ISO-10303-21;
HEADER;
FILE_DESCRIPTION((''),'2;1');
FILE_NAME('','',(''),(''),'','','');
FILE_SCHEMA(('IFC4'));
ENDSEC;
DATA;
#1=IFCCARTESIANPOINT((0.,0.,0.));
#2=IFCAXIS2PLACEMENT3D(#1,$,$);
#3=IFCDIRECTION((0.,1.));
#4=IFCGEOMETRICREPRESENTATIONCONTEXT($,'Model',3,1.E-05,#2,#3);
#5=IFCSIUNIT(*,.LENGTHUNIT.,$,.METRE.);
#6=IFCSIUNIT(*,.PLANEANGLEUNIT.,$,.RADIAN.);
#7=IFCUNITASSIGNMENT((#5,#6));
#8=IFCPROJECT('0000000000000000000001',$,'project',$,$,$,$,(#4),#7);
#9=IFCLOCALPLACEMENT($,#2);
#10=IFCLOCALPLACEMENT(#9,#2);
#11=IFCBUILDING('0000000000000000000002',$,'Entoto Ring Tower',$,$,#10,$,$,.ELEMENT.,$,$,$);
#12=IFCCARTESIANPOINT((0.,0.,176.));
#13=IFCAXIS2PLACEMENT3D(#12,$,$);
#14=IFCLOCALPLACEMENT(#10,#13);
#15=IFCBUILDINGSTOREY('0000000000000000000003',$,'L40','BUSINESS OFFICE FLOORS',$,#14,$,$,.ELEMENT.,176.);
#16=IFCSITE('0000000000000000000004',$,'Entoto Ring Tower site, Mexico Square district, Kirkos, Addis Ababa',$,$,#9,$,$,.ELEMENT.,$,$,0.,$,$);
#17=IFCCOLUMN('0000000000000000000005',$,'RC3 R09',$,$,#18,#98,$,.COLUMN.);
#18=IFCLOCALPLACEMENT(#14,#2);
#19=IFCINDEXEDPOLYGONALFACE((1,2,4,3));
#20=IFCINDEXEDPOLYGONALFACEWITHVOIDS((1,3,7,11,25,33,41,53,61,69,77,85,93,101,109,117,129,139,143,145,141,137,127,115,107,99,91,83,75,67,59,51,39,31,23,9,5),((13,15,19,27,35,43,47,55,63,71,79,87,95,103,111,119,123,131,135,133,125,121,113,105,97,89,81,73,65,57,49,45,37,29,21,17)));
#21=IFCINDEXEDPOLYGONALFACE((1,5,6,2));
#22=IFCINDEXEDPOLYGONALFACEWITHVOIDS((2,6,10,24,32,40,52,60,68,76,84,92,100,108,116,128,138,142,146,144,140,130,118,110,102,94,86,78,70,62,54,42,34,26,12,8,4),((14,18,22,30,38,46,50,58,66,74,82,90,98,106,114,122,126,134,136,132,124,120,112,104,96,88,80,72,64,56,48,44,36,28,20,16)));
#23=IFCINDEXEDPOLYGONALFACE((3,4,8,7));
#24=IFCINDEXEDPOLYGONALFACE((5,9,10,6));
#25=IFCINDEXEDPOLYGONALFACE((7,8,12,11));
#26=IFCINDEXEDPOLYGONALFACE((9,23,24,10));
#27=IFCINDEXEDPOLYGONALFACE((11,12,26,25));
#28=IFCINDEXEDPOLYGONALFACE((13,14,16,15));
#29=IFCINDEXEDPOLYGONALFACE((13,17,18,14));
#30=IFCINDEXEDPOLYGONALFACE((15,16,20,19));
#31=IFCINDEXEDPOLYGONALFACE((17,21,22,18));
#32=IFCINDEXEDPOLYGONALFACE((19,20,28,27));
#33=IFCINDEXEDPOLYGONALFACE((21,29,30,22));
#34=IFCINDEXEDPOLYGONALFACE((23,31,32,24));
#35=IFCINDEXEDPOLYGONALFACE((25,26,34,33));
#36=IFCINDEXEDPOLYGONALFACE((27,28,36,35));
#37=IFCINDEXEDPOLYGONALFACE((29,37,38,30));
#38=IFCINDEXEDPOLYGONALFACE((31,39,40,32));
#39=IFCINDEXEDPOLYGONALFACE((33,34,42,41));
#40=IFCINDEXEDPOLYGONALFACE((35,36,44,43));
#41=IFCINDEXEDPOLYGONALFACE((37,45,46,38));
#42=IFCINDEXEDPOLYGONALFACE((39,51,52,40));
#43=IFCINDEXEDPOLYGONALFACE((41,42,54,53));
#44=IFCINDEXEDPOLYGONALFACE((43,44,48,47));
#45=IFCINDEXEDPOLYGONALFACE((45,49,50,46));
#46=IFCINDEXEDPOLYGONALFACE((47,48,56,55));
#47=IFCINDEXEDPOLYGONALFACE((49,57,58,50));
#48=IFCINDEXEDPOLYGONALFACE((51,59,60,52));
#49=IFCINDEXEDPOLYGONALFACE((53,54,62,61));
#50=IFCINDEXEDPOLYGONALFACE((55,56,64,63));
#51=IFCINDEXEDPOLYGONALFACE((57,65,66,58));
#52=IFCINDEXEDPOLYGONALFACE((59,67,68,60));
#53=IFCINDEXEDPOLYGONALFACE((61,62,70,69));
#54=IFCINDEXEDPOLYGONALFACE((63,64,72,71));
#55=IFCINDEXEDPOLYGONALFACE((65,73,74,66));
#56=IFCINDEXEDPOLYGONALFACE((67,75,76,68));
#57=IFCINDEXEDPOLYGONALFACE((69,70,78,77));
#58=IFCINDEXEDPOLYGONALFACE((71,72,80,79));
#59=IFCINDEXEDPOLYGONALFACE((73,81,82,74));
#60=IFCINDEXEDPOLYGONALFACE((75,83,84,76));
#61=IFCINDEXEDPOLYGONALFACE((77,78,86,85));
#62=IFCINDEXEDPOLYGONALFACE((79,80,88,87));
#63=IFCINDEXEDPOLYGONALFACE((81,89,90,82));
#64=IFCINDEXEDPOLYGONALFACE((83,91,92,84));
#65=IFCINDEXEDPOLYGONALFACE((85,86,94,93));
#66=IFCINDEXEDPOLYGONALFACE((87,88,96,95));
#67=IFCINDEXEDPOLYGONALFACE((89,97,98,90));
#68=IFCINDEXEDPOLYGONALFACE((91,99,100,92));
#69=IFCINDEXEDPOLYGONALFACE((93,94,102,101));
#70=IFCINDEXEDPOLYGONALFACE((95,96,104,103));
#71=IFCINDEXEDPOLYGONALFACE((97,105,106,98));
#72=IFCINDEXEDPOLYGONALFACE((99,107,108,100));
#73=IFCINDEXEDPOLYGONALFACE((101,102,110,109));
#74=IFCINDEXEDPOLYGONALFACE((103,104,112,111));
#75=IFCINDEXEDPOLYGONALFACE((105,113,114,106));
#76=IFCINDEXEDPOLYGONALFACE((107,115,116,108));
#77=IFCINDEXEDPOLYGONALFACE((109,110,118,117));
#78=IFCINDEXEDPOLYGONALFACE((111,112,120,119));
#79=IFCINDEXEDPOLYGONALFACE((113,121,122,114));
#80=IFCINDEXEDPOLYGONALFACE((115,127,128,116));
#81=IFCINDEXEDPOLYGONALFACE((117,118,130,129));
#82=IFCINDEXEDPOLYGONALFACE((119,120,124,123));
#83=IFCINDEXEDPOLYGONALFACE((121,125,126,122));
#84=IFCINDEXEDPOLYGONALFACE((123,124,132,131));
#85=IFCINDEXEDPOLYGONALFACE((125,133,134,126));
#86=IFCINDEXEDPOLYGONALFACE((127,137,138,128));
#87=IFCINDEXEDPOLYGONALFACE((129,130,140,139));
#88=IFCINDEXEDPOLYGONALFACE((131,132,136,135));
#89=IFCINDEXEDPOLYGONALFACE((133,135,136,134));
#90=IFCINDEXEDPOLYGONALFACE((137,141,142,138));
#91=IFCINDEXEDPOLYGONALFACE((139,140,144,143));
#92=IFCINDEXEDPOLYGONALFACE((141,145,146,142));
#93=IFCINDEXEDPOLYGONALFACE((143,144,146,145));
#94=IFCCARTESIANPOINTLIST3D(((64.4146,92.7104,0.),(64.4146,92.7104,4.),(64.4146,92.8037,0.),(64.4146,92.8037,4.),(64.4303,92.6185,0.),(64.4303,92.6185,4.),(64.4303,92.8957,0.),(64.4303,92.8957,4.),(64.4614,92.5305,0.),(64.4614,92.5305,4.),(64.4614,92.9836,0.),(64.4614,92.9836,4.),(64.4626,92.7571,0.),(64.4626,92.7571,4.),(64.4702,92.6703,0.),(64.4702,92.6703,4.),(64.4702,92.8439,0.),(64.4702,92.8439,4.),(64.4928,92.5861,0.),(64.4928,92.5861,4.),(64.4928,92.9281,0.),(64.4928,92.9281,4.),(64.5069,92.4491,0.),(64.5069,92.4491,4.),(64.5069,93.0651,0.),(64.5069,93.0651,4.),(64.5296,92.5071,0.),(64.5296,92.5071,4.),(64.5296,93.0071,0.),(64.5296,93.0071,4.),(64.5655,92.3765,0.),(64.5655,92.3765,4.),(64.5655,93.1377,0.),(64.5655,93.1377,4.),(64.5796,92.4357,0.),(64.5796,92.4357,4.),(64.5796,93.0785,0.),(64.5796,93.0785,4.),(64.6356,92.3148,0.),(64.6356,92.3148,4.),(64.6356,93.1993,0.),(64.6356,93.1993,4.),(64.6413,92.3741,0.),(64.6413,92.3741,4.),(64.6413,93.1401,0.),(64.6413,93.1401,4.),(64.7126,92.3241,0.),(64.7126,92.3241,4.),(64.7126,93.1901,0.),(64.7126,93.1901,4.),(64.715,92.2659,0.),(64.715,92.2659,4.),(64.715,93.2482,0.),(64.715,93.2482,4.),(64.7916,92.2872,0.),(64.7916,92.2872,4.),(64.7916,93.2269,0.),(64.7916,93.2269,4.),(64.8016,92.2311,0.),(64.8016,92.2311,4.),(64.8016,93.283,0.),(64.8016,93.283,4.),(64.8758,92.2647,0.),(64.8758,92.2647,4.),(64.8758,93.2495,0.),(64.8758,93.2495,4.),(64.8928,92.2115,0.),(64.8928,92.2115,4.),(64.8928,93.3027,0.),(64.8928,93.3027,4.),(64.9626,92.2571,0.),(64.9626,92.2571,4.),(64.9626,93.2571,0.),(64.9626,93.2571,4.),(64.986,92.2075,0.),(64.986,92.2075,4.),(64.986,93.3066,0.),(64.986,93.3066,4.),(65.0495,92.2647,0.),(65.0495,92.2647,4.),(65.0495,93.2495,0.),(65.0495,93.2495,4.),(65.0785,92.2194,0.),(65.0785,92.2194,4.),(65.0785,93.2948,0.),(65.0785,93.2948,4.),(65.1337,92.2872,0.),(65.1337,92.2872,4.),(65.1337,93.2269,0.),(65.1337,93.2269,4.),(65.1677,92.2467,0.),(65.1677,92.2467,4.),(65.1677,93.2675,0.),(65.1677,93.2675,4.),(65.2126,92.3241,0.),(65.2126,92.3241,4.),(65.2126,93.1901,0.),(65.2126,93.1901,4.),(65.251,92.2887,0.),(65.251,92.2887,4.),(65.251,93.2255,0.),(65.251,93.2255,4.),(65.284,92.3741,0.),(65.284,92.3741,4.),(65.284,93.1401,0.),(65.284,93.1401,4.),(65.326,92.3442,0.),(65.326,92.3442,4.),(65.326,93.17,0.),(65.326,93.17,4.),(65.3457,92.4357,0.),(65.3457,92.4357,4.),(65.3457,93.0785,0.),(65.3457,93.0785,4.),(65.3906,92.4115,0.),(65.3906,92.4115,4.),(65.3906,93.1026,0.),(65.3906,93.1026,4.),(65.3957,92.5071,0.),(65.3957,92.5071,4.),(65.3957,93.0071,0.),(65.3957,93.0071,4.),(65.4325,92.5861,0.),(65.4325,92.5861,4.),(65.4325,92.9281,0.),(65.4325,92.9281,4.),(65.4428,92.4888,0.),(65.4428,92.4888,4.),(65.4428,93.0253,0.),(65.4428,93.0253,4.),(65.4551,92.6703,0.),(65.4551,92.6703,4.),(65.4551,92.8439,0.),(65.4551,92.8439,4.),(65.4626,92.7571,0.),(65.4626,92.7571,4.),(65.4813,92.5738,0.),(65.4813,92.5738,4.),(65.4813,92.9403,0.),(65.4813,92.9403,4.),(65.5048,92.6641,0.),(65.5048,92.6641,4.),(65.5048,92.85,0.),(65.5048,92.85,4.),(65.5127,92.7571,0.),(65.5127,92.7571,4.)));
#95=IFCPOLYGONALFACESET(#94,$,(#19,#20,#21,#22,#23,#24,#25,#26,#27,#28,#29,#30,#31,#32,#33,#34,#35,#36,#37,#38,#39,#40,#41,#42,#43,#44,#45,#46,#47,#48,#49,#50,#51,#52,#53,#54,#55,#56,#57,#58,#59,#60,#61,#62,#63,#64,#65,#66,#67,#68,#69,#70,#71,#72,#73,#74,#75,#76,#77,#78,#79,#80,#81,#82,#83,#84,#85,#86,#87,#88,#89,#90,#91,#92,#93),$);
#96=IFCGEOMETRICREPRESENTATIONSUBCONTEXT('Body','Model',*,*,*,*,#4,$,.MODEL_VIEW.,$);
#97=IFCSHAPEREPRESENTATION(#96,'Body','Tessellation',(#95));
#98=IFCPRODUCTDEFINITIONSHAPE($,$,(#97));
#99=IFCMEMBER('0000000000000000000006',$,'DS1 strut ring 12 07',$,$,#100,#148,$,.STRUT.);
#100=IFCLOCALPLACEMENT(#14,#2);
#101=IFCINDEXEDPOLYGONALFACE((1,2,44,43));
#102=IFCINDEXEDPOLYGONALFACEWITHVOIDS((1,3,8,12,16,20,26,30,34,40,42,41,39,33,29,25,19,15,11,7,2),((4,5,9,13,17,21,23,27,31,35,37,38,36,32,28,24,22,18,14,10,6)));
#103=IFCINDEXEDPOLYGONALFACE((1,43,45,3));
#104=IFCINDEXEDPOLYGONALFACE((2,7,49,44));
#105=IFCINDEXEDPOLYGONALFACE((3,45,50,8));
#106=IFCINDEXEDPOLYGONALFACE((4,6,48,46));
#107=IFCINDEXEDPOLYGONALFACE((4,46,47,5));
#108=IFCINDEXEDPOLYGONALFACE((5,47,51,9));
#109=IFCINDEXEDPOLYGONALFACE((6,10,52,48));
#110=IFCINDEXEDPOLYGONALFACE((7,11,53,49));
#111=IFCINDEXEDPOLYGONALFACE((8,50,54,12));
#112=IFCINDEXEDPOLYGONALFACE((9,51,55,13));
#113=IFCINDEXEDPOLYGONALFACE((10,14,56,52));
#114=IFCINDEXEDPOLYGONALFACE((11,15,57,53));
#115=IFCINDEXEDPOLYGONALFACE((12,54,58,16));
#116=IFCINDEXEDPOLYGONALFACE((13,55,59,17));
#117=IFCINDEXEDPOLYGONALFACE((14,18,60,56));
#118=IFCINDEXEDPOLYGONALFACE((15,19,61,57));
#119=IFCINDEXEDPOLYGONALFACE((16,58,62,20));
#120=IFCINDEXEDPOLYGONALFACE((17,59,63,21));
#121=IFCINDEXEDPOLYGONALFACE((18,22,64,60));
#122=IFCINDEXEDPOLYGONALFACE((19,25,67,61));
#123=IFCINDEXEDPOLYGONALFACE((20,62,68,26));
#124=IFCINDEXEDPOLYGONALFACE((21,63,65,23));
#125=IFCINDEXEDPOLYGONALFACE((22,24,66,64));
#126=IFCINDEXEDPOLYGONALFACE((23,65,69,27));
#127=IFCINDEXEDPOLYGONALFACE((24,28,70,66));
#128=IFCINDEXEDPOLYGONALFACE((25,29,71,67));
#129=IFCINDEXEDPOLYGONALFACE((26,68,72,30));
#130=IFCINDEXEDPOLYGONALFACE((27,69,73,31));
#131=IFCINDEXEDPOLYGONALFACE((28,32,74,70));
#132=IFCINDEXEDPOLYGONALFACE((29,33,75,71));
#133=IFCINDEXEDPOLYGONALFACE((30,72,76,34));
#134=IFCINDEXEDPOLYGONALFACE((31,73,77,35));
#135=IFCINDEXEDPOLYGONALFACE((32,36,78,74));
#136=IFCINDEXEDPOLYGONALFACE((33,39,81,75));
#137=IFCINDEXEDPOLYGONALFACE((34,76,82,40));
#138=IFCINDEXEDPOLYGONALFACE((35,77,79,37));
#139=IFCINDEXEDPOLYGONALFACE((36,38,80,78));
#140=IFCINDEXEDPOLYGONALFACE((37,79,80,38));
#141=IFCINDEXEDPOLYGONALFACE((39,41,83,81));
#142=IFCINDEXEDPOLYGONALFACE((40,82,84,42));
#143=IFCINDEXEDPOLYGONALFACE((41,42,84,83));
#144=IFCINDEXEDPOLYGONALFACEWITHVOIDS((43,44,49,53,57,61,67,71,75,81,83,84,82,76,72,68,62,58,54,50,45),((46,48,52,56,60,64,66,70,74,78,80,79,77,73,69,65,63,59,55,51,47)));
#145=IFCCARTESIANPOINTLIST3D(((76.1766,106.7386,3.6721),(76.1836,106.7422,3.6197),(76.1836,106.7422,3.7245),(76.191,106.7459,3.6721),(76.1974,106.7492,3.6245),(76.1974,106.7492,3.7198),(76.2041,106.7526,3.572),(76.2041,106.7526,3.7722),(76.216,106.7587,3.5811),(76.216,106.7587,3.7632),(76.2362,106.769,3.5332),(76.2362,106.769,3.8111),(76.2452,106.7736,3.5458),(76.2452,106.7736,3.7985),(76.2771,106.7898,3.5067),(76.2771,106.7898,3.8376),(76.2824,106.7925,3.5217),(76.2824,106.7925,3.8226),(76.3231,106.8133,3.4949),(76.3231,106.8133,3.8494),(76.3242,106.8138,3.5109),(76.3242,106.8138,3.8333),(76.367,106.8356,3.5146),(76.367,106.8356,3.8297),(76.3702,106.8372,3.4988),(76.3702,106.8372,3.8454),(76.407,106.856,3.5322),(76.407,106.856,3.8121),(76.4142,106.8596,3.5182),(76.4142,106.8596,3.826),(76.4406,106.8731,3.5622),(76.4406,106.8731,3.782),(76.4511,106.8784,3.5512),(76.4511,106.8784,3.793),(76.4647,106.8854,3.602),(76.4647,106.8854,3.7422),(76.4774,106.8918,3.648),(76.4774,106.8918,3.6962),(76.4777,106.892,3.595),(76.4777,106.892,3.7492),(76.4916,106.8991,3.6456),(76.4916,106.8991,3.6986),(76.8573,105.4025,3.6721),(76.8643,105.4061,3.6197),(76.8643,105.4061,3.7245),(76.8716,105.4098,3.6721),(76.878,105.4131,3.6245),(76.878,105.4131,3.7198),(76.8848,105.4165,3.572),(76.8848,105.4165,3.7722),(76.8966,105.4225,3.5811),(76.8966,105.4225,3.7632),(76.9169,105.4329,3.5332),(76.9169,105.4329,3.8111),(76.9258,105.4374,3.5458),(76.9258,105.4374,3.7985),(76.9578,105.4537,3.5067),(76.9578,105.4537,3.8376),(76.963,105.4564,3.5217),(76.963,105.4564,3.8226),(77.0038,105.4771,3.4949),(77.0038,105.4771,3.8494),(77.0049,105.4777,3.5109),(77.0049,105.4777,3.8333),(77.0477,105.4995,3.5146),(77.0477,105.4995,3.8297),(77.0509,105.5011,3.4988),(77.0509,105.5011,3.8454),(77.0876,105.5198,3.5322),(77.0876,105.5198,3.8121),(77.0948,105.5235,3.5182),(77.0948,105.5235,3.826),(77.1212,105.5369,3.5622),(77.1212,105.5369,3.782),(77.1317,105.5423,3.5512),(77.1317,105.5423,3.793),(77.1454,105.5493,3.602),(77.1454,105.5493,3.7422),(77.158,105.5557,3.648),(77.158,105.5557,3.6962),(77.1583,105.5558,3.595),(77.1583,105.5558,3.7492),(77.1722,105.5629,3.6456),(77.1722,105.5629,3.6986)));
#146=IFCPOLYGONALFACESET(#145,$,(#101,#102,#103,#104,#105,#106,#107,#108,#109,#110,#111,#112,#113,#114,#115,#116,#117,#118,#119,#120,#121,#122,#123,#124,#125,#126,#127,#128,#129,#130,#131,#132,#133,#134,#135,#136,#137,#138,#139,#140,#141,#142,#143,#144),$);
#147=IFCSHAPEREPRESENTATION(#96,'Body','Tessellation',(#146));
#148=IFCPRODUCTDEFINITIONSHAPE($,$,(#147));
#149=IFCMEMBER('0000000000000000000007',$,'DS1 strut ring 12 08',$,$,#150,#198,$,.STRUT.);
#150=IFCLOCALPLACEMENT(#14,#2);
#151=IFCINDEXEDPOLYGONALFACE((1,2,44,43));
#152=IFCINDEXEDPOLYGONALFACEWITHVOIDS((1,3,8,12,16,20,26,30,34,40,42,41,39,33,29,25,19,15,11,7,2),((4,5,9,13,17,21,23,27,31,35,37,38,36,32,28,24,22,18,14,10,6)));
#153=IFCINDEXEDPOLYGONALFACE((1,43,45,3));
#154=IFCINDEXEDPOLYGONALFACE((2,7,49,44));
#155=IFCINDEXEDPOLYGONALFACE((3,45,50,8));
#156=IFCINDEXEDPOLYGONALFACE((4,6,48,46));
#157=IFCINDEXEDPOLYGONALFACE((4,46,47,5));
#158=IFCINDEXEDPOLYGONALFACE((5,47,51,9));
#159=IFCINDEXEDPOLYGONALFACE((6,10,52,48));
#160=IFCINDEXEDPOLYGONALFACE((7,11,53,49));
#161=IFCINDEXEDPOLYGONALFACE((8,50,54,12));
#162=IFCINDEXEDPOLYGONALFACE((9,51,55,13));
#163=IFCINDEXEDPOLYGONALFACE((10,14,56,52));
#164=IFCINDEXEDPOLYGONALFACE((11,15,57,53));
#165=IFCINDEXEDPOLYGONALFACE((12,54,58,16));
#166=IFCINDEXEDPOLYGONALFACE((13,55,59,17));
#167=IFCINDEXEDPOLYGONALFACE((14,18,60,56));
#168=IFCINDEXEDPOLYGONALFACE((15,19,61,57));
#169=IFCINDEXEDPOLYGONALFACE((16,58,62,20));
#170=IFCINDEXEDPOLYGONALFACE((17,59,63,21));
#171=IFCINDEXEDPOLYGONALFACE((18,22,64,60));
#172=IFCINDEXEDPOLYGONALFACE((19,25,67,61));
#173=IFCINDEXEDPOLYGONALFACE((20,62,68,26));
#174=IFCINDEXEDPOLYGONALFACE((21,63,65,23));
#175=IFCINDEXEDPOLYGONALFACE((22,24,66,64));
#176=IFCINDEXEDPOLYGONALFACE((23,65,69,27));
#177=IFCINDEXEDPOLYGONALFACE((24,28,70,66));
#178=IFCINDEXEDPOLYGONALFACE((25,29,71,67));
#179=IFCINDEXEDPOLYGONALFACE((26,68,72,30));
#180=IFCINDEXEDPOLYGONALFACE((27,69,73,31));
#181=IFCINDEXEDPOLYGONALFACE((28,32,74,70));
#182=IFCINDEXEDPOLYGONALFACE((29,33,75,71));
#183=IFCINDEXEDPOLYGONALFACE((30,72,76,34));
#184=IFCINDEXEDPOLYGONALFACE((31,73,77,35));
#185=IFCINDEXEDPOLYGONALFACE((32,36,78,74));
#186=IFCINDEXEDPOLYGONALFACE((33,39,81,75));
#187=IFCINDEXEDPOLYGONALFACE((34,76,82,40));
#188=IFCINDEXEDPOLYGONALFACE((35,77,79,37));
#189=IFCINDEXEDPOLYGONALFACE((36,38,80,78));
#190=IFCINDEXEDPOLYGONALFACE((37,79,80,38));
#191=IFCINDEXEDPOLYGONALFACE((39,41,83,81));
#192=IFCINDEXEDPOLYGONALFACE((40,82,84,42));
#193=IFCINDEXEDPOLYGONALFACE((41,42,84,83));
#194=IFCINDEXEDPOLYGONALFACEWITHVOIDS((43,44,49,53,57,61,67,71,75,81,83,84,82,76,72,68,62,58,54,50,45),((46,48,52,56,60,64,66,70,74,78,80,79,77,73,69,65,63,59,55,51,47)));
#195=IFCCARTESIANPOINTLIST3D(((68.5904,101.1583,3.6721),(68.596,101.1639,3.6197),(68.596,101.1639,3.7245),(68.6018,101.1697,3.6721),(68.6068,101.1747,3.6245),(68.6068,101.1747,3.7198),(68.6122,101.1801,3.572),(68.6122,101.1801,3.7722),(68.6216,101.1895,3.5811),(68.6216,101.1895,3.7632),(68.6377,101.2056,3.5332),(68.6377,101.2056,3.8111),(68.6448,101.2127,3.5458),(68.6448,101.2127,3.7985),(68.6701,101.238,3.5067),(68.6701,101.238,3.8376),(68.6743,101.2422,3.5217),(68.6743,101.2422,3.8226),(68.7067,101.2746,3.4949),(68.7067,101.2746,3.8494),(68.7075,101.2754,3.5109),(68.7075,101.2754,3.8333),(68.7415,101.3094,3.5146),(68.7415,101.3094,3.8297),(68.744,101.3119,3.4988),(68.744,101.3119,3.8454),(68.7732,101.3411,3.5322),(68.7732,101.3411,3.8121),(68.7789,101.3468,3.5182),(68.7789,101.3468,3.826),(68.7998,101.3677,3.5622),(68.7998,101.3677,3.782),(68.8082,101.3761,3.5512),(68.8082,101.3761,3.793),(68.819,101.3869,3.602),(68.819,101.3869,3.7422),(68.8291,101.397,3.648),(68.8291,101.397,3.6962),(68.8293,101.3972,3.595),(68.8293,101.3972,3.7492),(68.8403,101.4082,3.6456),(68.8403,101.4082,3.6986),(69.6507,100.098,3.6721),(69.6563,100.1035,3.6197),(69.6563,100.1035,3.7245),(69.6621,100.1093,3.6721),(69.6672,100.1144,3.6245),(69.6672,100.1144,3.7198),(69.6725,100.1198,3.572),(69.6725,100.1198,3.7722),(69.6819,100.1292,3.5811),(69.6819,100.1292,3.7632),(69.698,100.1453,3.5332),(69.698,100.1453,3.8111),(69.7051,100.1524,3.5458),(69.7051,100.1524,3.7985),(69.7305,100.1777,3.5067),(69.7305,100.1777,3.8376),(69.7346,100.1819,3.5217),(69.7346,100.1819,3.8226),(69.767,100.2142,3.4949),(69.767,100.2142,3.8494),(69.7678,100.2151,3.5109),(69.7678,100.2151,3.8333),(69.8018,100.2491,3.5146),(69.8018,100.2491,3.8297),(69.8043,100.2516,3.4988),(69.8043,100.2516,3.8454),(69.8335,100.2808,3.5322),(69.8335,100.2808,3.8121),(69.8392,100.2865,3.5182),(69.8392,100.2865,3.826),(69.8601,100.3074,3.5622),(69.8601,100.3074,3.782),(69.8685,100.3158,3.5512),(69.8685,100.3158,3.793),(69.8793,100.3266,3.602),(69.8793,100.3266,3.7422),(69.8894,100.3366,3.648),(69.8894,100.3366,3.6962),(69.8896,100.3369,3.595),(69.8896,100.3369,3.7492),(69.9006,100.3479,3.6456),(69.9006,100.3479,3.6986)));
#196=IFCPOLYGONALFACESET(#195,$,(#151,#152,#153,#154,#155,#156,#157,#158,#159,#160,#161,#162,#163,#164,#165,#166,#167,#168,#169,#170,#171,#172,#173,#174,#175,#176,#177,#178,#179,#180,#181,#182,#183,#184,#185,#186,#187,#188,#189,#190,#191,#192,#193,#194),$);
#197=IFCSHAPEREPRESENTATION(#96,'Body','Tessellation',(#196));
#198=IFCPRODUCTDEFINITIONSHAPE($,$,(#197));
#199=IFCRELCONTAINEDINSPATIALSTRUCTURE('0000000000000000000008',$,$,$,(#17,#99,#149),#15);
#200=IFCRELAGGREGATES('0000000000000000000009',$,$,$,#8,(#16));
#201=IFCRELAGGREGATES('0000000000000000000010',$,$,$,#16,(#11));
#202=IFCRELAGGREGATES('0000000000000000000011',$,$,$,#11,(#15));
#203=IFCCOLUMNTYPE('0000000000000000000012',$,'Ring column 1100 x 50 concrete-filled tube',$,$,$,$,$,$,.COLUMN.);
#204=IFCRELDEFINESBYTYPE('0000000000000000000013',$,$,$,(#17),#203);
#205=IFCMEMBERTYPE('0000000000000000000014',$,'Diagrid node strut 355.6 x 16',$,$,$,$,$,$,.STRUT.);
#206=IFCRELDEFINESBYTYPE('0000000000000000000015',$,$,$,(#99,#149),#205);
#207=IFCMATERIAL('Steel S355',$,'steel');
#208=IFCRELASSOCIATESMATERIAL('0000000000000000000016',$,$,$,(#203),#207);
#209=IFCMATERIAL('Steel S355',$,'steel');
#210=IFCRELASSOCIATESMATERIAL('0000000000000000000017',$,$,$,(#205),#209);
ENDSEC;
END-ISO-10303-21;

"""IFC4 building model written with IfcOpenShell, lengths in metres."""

from ifc_helpers import new_model, si_unit, direction, frame, origin, origin_2d, place, context, subcontext, project, spatial, circle, hollow_circle, extrude, material, material_profile, profile_set, type_object, element, save


model = new_model("IFC4")

# Units and contexts
model_context = context("Model", 3, precision=1e-05, world=origin(), true_north=direction((0.0, 1.0)))
body_context = subcontext(model_context, "Body", "Model", "MODEL_VIEW")
ifc_project = project(units=[si_unit("LENGTHUNIT", "METRE"), si_unit("PLANEANGLEUNIT", "RADIAN")], contexts=[model_context])

# Site, building, storey
site_placement = place(None, origin())
site = spatial("IfcSite", under=ifc_project, at=site_placement, Name="Entoto Ring Tower site, Mexico Square district, Kirkos, Addis Ababa", CompositionType="ELEMENT", RefElevation=0.0)
building_placement = place(site_placement, origin())
building = spatial("IfcBuilding", under=site, at=building_placement, Name="Entoto Ring Tower", CompositionType="ELEMENT")
storey_placement = place(building_placement, frame((0.0, 0.0, 176.0)))
storey = spatial("IfcBuildingStorey", under=building, at=storey_placement, Name="L40", Description="BUSINESS OFFICE FLOORS", CompositionType="ELEMENT", Elevation=176.0)

# Column
ifc_material_1 = material(Name="Steel S355", Category="steel")
ifc_material_profile_1 = material_profile(ifc_material_1, hollow_circle(Radius=0.55, WallThickness=0.05, at=origin_2d()), Name="CHS 1100 x 50")
ifc_material_2 = material(Name="Concrete C60/75", Category="concrete")
ifc_material_profile_2 = material_profile(ifc_material_2, circle(Radius=0.5, at=origin_2d()), Name="Concrete C60/75 infill")
ifc_profile_set_1 = profile_set([ifc_material_profile_1, ifc_material_profile_2], Name="Steel S355")
column_type = type_object("IfcColumnType", Name="Ring column 1100 x 50 concrete-filled tube", PredefinedType="COLUMN", material=ifc_profile_set_1)
for number, where, z_axis, x_axis, name in (
    (1, (64.9626, 92.7571, 0.0), (0.0, 0.0, 1.0), (1.0, 0.0, 0.0), "RC3 R09"),
):
    element("IfcColumn", number, at=place(storey_placement, frame(where, z_axis=z_axis, x_axis=x_axis)), inside=storey, type_object=column_type, Name=name, PredefinedType="COLUMN", context=body_context, shape_type="SweptSolid", body=[
        extrude(hollow_circle(Radius=0.55, WallThickness=0.05, at=origin_2d()), origin(), (0.0, 0.0, 1.0), 4.0),
    ])

# Members
ifc_material_3 = material(Name="Steel S355", Category="steel")
ifc_material_profile_3 = material_profile(ifc_material_3, hollow_circle(Radius=0.1777, WallThickness=0.0161, at=origin_2d()), Name="CHS 355.6 x 16")
ifc_material_4 = material(Name="Concrete C60/75", Category="concrete")
ifc_material_profile_4 = material_profile(ifc_material_4, circle(Radius=0.1619, at=origin_2d()), Name="Concrete C60/75 infill")
ifc_profile_set_2 = profile_set([ifc_material_profile_3, ifc_material_profile_4], Name="Steel S355")
member_type = type_object("IfcMemberType", Name="Diagrid node strut 355.6 x 16", PredefinedType="STRUT", material=ifc_profile_set_2)
for number, where, z_axis, x_axis, name in (
    (2, (77.0156, 105.4832, 3.6721), (-0.453909, 0.891048, 0.0), (-0.891048, -0.453909, 0.0), "DS1 strut ring 12 07"),
    (3, (69.7764, 100.2236, 3.6721), (-0.707107, 0.707107, 0.0), (-0.707107, -0.707107, 0.0), "DS1 strut ring 12 08"),
):
    element("IfcMember", number, at=place(storey_placement, frame(where, z_axis=z_axis, x_axis=x_axis)), inside=storey, type_object=member_type, Name=name, PredefinedType="STRUT", context=body_context, shape_type="SweptSolid", body=[
        extrude(hollow_circle(Radius=0.1777, WallThickness=0.0161, at=origin_2d()), origin(), (0.0, 0.0, 1.0), 1.4995),
    ])

save(model, "model.ifc")
